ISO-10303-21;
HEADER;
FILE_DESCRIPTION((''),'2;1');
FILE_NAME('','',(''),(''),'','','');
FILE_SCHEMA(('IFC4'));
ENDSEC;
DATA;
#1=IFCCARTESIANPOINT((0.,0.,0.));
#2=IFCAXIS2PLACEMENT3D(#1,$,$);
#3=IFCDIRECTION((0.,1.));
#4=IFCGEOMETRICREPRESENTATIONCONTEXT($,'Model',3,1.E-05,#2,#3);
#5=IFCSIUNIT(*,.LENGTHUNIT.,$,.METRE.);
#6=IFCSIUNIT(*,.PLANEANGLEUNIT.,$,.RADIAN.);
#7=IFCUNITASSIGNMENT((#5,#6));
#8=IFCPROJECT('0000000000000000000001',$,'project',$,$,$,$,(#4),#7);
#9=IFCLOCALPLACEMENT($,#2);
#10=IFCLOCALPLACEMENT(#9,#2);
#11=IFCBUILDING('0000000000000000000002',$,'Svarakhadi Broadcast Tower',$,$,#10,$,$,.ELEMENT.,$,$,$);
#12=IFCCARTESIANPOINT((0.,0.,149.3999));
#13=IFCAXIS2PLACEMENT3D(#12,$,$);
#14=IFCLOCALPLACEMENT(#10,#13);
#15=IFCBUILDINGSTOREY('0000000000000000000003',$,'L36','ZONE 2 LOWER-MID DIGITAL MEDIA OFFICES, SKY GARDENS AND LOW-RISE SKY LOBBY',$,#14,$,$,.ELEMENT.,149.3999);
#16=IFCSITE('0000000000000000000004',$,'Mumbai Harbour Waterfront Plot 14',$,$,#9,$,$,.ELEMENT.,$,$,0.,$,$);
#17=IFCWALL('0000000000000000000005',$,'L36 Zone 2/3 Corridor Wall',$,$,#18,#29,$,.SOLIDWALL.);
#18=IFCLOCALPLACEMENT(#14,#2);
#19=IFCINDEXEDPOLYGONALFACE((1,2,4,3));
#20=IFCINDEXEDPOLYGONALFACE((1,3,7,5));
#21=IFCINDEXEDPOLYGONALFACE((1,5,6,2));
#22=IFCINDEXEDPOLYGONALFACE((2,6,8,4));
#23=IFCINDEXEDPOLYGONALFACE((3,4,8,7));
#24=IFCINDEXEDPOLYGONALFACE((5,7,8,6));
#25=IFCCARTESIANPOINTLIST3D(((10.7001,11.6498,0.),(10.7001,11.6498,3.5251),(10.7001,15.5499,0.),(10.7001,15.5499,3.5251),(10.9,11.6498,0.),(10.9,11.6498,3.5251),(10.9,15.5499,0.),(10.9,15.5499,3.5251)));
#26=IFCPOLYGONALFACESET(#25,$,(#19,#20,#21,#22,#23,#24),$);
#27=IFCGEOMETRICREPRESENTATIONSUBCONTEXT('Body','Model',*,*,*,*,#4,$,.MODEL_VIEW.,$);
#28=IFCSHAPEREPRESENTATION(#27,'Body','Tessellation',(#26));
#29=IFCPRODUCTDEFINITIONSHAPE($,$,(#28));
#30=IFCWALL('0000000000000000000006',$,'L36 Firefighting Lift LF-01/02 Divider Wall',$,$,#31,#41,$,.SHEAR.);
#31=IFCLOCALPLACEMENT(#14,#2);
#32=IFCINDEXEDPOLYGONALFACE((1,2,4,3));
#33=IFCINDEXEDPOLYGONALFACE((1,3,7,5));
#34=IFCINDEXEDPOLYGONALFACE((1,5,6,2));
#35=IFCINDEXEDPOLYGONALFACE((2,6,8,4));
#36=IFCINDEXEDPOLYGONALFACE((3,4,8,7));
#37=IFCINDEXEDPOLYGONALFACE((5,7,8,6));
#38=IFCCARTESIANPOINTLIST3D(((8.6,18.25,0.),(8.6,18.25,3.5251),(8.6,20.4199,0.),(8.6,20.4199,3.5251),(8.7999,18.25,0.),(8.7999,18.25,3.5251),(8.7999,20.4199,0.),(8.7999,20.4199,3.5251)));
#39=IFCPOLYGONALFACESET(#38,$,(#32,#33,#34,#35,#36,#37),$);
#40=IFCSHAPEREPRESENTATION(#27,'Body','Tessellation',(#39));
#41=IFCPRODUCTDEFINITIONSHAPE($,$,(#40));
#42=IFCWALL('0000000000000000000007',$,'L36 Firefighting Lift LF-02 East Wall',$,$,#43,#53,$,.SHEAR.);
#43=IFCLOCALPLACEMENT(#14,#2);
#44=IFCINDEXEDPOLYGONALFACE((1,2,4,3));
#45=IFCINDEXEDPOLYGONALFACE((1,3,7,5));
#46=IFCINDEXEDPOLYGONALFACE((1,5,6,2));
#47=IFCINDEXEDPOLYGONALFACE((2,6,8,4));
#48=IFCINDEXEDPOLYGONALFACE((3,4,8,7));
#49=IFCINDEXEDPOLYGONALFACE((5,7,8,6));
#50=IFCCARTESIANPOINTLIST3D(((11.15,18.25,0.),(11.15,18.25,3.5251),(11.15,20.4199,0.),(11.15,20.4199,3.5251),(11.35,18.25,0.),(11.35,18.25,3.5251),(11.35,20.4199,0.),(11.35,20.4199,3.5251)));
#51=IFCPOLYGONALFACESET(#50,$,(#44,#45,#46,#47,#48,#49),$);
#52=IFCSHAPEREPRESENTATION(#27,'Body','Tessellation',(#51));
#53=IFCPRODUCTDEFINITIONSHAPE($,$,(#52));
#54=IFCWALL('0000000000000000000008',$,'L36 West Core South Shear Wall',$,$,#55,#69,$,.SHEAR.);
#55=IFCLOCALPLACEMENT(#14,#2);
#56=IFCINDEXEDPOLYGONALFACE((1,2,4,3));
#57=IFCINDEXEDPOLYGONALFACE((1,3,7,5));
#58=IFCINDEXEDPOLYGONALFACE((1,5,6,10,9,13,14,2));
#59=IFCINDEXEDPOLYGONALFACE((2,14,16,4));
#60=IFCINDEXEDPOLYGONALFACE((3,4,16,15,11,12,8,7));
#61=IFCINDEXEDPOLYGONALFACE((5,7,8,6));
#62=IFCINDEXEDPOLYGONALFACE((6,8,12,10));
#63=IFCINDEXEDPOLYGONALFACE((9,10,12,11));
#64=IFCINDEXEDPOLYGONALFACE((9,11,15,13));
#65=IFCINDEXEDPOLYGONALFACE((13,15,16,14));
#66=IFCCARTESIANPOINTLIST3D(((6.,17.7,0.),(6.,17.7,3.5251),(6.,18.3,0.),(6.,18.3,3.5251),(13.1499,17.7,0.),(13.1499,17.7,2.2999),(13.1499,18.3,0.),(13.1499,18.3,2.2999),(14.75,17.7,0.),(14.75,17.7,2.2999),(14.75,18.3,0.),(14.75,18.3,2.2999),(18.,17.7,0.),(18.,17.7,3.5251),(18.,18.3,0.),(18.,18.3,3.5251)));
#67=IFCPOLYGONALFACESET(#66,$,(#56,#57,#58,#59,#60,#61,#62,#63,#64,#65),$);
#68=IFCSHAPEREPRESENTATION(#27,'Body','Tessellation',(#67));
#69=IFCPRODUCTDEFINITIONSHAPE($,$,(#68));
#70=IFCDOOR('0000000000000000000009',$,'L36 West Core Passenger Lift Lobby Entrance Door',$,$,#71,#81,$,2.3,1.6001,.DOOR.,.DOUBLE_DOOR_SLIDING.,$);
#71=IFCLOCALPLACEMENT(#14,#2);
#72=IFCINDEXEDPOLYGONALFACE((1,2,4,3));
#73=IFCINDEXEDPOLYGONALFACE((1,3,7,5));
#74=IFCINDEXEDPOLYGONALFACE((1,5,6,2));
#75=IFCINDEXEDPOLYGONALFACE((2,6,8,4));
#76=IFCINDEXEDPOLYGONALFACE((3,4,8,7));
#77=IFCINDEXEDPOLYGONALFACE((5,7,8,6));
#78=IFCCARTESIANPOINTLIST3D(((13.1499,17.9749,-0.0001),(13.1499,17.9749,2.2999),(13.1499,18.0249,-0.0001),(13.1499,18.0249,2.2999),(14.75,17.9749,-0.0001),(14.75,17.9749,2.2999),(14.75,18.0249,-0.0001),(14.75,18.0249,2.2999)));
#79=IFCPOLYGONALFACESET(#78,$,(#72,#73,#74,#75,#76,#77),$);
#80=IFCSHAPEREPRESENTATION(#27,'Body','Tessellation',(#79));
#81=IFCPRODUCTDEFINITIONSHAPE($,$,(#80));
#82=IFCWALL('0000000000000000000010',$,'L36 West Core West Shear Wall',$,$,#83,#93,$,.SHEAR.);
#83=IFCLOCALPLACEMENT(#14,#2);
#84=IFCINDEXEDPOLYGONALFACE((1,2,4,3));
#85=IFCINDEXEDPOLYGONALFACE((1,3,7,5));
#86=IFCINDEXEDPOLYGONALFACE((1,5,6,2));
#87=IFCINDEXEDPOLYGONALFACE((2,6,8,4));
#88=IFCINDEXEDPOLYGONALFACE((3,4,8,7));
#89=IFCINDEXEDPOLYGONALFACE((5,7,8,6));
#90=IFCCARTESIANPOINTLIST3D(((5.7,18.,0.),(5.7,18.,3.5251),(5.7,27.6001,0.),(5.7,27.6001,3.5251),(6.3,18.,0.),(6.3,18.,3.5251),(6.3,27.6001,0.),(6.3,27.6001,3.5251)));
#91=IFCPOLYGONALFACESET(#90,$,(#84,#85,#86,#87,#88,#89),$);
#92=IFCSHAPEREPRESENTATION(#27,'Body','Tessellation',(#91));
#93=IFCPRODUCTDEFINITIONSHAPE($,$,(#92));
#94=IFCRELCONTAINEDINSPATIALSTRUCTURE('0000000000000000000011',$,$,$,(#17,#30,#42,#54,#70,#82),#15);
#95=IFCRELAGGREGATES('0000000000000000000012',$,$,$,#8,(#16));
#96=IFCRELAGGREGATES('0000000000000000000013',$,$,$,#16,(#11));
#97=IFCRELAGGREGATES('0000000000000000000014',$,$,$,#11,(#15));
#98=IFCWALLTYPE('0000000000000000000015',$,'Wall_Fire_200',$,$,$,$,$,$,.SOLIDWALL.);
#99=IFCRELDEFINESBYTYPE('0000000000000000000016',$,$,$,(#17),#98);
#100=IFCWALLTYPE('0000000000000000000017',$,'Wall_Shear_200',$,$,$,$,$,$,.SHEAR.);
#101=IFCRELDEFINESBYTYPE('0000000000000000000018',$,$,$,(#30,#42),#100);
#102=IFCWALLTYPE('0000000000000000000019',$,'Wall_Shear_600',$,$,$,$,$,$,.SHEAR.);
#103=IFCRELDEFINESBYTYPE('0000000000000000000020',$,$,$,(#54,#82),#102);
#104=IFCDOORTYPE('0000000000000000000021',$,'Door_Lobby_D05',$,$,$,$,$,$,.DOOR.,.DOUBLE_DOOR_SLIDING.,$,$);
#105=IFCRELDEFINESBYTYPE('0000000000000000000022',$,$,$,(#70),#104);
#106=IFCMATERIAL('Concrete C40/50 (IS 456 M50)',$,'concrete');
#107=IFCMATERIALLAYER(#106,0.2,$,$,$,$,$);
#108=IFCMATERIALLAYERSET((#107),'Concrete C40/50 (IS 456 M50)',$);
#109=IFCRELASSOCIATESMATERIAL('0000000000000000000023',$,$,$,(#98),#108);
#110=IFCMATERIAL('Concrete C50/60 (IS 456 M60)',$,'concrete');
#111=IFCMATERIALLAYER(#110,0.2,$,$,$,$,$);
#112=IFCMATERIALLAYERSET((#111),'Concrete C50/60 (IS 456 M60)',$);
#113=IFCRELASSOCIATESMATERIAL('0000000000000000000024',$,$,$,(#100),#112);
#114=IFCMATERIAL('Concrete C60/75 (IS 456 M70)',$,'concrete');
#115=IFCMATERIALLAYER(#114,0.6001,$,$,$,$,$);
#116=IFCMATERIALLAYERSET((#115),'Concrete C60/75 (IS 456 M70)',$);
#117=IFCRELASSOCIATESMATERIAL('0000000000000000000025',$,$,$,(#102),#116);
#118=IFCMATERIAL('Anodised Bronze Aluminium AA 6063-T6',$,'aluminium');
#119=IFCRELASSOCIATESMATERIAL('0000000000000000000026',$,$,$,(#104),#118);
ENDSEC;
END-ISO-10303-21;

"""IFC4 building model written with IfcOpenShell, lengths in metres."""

from ifc_helpers import new_model, si_unit, direction, frame, frame_2d, origin, place, context, subcontext, project, spatial, rectangle, extrude, material, layer, layer_set, type_object, element, fill, save


model = new_model("IFC4")

# Units and contexts
model_context = context("Model", 3, precision=1e-05, world=origin(), true_north=direction((0.0, 1.0)))
body_context = subcontext(model_context, "Body", "Model", "MODEL_VIEW")
ifc_project = project(units=[si_unit("LENGTHUNIT", "METRE"), si_unit("PLANEANGLEUNIT", "RADIAN")], contexts=[model_context])

# Site, building, storey
site_placement = place(None, origin())
site = spatial("IfcSite", under=ifc_project, at=site_placement, Name="Mumbai Harbour Waterfront Plot 14", CompositionType="ELEMENT", RefElevation=0.0)
building_placement = place(site_placement, origin())
building = spatial("IfcBuilding", under=site, at=building_placement, Name="Svarakhadi Broadcast Tower", CompositionType="ELEMENT")
storey_placement = place(building_placement, frame((0.0, 0.0, 149.3999)))
storey = spatial("IfcBuildingStorey", under=building, at=storey_placement, Name="L36", Description="ZONE 2 LOWER-MID DIGITAL MEDIA OFFICES, SKY GARDENS AND LOW-RISE SKY LOBBY", CompositionType="ELEMENT", Elevation=149.3999)

# Shared definitions
ifc_material_1 = material(Name="Concrete C50/60 (IS 456 M60)", Category="concrete")

# Shared definitions
ifc_material_2 = material(Name="Concrete C40/50 (IS 456 M50)", Category="concrete")
ifc_layer_1 = layer(ifc_material_2, 0.2)
ifc_layer_set_1 = layer_set([ifc_layer_1], Name="Concrete C40/50 (IS 456 M50)")
wall_type_1 = type_object("IfcWallType", Name="Wall_Fire_200", PredefinedType="SOLIDWALL", material=ifc_layer_set_1)

# Walls
wall_1_placement = place(storey_placement, frame((10.8, 15.55, 0.0), z_axis=(0.0, 0.0, 1.0), x_axis=(0.0, -1.0, 0.0)))
element("IfcWall", 1, at=wall_1_placement, inside=storey, type_object=wall_type_1, Name="L36 Zone 2/3 Corridor Wall", PredefinedType="SOLIDWALL", context=body_context, shape_type="SweptSolid", body=[
    extrude(rectangle(XDim=3.9001, YDim=0.2, at=frame_2d((1.9502, 0.0))), origin(), (0.0, 0.0, 1.0), 3.5251),
])
ifc_layer_2 = layer(ifc_material_1, 0.2)
ifc_layer_set_2 = layer_set([ifc_layer_2], Name="Concrete C50/60 (IS 456 M60)")
wall_type_2 = type_object("IfcWallType", Name="Wall_Shear_200", PredefinedType="SHEAR", material=ifc_layer_set_2)
for number, where, z_axis, x_axis, name in (
    (2, (8.7, 18.25, 0.0), (0.0, 0.0, 1.0), (0.0, 1.0, 0.0), "L36 Firefighting Lift LF-01/02 Divider Wall"),
    (3, (11.25, 18.25, 0.0), (0.0, 0.0, 1.0), (0.0, 1.0, 0.0), "L36 Firefighting Lift LF-02 East Wall"),
):
    element("IfcWall", number, at=place(storey_placement, frame(where, z_axis=z_axis, x_axis=x_axis)), inside=storey, type_object=wall_type_2, Name=name, PredefinedType="SHEAR", context=body_context, shape_type="SweptSolid", body=[
        extrude(rectangle(XDim=2.1699, YDim=0.2, at=frame_2d((1.085, 0.0))), origin(), (0.0, 0.0, 1.0), 3.5251),
    ])

# Wall, opening, door
ifc_material_3 = material(Name="Concrete C60/75 (IS 456 M70)", Category="concrete")
ifc_layer_3 = layer(ifc_material_3, 0.6001)
ifc_layer_set_3 = layer_set([ifc_layer_3], Name="Concrete C60/75 (IS 456 M70)")
wall_type_3 = type_object("IfcWallType", Name="Wall_Shear_600", PredefinedType="SHEAR", material=ifc_layer_set_3)
wall_2_placement = place(storey_placement, frame((6.0, 18.0, 0.0), z_axis=(0.0, 0.0, 1.0), x_axis=(1.0, 0.0, 0.0)))
wall_2 = element("IfcWall", 4, at=wall_2_placement, inside=storey, type_object=wall_type_3, Name="L36 West Core South Shear Wall", PredefinedType="SHEAR", context=body_context, shape_type="SweptSolid", body=[
    extrude(rectangle(XDim=12.0, YDim=0.6001, at=frame_2d((6.0, 0.0))), origin(), (0.0, 0.0, 1.0), 3.5251),
])
opening_1_placement = place(wall_2_placement, frame((7.1499, 0.0, 0.0)))
opening_1 = element("IfcOpeningElement", 5, at=opening_1_placement, cuts=wall_2, PredefinedType="OPENING", context=body_context, shape_type="SweptSolid", body=[
    extrude(rectangle(XDim=1.6001, YDim=2.3, at=frame_2d((0.8, 1.1499))), frame((0.0, 0.3101, 0.0), z_axis=(0.0, -1.0, 0.0), x_axis=(1.0, 0.0, 0.0)), (0.0, 0.0, 1.0), 0.6201),
])
ifc_material_4 = material(Name="Anodised Bronze Aluminium AA 6063-T6", Category="aluminium")
door_type_1 = type_object("IfcDoorType", Name="Door_Lobby_D05", OperationType="DOUBLE_DOOR_SLIDING", PredefinedType="DOOR", material=ifc_material_4)
door_1_placement = place(opening_1_placement, origin())
door_1 = element("IfcDoor", 6, at=door_1_placement, inside=storey, type_object=door_type_1, Name="L36 West Core Passenger Lift Lobby Entrance Door", OperationType="DOUBLE_DOOR_SLIDING", OverallHeight=2.3, OverallWidth=1.6001, PredefinedType="DOOR", context=body_context, shape_type="SweptSolid", body=[
    extrude(rectangle(XDim=1.6001, YDim=2.3, at=frame_2d((0.8, 1.1499))), frame((0.0, 0.0249, 0.0), z_axis=(0.0, -1.0, 0.0), x_axis=(1.0, 0.0, 0.0)), (0.0, 0.0, 1.0), 0.05),
])
fill(opening_1, door_1)

# Wall
wall_3_placement = place(storey_placement, frame((6.0, 18.0, 0.0), z_axis=(0.0, 0.0, 1.0), x_axis=(0.0, 1.0, 0.0)))
element("IfcWall", 7, at=wall_3_placement, inside=storey, type_object=wall_type_3, Name="L36 West Core West Shear Wall", PredefinedType="SHEAR", context=body_context, shape_type="SweptSolid", body=[
    extrude(rectangle(XDim=9.6001, YDim=0.6001, at=frame_2d((4.8, 0.0))), origin(), (0.0, 0.0, 1.0), 3.5251),
])

save(model, "model.ifc")
